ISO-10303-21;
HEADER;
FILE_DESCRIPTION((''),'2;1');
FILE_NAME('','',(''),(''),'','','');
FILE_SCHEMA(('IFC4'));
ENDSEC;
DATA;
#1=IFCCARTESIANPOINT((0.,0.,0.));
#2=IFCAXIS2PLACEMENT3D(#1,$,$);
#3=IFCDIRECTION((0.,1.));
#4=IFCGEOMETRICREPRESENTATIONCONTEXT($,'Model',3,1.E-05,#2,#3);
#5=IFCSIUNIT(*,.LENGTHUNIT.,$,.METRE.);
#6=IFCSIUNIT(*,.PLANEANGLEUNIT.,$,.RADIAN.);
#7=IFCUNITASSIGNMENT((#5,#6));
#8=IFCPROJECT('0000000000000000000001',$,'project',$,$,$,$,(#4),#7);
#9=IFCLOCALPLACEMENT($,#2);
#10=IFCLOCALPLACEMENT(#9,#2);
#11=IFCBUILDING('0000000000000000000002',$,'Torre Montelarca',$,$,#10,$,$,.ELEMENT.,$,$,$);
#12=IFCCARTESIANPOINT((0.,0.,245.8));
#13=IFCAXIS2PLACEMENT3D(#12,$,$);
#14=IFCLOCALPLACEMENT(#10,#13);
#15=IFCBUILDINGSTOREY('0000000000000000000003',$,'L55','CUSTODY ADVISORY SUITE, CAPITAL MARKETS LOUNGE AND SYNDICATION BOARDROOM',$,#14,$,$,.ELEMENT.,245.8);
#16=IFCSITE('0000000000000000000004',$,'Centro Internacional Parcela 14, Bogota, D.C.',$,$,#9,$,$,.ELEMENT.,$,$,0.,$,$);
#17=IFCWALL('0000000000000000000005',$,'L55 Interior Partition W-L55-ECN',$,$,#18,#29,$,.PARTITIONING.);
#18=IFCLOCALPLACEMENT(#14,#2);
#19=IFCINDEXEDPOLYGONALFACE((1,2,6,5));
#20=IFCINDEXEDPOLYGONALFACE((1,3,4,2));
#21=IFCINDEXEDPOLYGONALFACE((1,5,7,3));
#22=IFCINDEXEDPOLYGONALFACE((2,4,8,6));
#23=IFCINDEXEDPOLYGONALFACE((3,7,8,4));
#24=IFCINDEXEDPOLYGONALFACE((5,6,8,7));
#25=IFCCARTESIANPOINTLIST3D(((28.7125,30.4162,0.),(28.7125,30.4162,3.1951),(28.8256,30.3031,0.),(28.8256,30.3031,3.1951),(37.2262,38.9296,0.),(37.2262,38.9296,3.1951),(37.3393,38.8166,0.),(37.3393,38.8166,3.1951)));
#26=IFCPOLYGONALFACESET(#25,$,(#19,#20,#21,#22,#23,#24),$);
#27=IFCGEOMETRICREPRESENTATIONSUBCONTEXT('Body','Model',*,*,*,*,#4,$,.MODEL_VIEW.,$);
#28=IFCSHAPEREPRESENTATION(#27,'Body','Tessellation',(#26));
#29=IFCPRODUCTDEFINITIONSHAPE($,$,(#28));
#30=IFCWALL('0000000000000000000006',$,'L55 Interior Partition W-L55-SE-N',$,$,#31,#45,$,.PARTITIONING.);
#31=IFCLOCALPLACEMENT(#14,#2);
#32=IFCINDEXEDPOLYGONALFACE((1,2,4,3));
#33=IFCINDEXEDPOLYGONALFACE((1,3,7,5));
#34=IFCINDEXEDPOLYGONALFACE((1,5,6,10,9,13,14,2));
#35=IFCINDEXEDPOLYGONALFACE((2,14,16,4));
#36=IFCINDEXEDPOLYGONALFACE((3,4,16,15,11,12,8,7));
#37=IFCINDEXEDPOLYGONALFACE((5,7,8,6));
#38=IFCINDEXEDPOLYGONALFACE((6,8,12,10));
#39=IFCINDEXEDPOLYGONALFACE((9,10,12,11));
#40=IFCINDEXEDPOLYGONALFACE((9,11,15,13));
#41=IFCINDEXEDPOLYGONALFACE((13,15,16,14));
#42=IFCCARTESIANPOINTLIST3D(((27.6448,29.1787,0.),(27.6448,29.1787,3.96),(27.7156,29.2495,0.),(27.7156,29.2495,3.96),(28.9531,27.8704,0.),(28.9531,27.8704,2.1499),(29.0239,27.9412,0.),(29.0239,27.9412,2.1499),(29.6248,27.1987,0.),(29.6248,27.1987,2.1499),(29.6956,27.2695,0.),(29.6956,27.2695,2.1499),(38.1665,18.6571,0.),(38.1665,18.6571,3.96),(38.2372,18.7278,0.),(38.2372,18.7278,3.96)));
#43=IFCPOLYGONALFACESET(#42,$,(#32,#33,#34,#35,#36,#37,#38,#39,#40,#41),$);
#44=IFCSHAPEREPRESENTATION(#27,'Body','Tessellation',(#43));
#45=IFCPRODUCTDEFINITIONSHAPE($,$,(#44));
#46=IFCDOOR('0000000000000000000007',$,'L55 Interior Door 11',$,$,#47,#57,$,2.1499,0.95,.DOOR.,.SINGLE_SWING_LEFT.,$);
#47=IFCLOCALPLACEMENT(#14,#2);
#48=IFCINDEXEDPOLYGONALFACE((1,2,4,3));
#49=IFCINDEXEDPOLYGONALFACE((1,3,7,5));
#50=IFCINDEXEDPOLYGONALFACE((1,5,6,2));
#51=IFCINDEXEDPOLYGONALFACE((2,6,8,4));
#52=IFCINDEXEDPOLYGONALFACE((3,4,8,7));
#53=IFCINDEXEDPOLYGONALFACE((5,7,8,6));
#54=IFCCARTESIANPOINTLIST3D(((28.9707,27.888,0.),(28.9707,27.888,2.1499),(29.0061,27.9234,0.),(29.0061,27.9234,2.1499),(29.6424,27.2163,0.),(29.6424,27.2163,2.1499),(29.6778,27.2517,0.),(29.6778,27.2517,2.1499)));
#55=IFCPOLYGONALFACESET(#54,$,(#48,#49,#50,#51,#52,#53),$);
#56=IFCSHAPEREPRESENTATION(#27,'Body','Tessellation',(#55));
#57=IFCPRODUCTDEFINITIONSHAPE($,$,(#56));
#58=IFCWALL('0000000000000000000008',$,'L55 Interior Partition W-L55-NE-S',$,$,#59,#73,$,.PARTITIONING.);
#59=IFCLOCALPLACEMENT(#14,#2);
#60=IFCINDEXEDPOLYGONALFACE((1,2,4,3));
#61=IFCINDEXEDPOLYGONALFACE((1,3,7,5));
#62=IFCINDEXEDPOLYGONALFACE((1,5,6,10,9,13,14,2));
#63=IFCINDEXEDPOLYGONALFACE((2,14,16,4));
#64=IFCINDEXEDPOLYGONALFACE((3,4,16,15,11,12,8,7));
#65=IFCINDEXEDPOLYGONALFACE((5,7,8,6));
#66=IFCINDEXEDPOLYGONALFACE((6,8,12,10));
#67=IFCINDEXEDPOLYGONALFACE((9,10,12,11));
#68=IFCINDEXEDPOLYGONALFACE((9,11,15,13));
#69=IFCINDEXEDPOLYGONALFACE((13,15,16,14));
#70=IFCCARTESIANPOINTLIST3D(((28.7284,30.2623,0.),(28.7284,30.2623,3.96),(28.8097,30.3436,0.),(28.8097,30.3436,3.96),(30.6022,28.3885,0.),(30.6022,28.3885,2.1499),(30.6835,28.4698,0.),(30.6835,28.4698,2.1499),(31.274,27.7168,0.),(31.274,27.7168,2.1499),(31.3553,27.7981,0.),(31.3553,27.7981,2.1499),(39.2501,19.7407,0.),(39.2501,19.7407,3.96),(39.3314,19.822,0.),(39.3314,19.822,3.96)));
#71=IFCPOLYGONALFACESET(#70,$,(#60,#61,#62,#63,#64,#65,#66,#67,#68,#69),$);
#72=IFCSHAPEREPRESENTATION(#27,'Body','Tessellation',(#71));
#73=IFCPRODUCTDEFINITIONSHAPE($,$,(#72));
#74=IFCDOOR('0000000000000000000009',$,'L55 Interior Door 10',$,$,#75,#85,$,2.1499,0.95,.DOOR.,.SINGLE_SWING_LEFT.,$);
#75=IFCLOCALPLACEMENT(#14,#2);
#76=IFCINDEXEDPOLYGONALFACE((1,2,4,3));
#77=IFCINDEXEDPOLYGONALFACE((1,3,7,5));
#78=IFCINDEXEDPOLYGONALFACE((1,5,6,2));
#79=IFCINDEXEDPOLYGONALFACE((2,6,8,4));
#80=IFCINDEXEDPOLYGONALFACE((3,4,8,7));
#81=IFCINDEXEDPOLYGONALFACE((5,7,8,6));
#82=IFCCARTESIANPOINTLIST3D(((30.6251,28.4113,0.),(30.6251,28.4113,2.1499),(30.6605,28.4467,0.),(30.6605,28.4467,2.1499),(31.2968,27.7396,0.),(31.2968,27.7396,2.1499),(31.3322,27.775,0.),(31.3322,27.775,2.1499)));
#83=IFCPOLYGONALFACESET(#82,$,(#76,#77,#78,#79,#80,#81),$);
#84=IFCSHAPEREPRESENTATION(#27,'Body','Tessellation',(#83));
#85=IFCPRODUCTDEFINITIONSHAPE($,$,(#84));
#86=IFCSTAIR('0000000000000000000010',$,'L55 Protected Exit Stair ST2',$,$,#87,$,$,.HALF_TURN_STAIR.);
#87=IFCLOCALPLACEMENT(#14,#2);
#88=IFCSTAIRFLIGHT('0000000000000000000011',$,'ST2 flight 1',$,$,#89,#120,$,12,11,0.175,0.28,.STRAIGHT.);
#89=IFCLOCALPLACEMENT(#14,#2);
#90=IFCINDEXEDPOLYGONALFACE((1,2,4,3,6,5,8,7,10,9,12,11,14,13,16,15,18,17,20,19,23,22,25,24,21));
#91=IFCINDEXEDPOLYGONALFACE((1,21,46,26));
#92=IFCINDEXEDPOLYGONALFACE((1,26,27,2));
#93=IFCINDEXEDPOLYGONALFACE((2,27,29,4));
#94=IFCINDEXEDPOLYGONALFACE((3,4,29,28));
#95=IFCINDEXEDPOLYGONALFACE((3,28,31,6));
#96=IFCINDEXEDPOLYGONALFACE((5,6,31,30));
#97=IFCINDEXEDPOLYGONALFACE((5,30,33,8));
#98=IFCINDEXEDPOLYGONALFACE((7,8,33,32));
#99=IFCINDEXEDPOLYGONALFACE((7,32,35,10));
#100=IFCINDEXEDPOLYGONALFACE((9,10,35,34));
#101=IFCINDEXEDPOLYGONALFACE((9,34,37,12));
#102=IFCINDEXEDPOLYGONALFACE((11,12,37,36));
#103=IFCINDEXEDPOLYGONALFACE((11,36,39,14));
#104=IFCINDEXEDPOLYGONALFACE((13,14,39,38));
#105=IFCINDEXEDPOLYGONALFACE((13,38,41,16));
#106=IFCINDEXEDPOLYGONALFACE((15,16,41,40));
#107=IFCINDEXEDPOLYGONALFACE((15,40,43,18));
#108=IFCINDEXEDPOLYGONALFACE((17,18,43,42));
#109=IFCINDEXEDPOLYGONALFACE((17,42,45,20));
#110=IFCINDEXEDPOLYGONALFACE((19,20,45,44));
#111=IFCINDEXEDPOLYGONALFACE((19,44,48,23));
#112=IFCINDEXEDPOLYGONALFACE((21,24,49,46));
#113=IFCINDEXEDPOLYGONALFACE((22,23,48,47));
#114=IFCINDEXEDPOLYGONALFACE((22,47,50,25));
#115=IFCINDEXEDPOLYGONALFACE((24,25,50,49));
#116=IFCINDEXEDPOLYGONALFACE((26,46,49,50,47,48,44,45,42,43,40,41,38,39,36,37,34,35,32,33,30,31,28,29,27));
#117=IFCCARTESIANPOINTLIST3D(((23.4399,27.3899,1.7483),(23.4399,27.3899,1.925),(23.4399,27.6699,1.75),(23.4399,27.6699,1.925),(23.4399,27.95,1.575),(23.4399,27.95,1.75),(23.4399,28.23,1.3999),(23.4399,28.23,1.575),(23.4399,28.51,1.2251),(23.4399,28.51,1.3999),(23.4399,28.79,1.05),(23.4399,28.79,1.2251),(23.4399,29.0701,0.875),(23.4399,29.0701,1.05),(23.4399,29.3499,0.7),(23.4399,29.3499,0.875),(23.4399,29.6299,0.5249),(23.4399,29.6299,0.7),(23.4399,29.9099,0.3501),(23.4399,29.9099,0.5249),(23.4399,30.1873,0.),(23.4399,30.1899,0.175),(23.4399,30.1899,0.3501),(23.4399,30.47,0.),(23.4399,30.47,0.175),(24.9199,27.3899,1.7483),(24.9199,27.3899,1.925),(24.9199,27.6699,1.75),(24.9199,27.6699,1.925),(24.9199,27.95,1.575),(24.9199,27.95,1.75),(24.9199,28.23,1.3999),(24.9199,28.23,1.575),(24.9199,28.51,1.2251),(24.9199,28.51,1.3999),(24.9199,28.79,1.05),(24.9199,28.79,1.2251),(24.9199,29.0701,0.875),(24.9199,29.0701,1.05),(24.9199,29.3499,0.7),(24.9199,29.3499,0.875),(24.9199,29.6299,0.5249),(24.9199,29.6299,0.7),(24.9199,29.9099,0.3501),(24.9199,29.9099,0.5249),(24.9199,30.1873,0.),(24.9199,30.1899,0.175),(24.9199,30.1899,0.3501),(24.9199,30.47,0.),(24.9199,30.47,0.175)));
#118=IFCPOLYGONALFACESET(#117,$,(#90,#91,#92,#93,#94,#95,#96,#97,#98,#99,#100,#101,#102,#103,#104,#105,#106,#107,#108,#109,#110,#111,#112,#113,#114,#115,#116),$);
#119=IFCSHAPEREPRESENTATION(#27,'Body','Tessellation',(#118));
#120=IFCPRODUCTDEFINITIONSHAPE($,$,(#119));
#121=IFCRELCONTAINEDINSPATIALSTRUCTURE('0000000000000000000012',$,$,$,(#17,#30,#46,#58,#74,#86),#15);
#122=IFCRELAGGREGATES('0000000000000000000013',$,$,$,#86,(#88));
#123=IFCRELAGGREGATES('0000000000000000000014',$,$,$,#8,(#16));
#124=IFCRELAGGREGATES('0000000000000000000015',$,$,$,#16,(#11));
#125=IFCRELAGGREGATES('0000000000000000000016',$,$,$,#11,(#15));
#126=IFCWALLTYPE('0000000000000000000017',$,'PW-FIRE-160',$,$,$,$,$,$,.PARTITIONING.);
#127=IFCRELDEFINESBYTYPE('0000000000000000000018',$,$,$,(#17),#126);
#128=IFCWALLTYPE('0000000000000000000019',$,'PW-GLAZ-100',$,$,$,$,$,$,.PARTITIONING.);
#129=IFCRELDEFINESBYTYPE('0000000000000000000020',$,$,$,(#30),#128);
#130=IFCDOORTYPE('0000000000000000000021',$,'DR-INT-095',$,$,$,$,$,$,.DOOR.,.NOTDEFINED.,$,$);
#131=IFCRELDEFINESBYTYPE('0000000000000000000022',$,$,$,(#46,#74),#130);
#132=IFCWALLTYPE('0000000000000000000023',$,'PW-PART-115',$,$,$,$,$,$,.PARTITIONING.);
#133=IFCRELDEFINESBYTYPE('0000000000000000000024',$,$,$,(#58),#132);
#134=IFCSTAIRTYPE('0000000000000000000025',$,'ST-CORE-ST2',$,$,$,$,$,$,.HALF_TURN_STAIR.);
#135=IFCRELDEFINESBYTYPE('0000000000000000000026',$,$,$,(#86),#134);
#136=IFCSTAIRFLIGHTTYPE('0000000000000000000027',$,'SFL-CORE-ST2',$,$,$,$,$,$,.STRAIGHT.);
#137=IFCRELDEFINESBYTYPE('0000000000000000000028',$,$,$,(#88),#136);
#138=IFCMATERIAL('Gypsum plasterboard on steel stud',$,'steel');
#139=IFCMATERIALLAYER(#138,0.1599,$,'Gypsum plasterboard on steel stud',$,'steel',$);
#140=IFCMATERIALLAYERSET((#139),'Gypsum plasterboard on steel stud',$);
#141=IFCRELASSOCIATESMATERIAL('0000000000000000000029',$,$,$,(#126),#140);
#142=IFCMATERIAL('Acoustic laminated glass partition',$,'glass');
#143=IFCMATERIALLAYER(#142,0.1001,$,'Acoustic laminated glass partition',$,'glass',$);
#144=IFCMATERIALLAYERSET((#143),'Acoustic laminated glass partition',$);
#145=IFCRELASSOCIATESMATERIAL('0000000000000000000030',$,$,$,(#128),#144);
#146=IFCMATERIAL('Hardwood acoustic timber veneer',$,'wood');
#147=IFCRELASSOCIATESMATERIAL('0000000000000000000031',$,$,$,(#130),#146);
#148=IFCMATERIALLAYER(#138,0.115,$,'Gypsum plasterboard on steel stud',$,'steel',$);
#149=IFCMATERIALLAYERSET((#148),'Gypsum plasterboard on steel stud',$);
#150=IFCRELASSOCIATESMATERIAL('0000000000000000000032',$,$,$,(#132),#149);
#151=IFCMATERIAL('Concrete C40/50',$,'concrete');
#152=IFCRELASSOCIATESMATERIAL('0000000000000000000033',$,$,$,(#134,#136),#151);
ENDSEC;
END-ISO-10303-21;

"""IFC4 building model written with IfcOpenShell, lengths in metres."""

from ifc_helpers import new_model, si_unit, direction, frame, frame_2d, origin, place, context, subcontext, project, spatial, polyline, rectangle, outline, extrude, source, transform, mapped, material, layer, layer_set, type_object, element, fill, aggregate, save


model = new_model("IFC4")

# Units and contexts
model_context = context("Model", 3, precision=1e-05, world=origin(), true_north=direction((0.0, 1.0)))
body_context = subcontext(model_context, "Body", "Model", "MODEL_VIEW")
ifc_project = project(units=[si_unit("LENGTHUNIT", "METRE"), si_unit("PLANEANGLEUNIT", "RADIAN")], contexts=[model_context])

# Site, building, storey
site_placement = place(None, origin())
site = spatial("IfcSite", under=ifc_project, at=site_placement, Name="Centro Internacional Parcela 14, Bogota, D.C.", CompositionType="ELEMENT", RefElevation=0.0)
building_placement = place(site_placement, origin())
building = spatial("IfcBuilding", under=site, at=building_placement, Name="Torre Montelarca", CompositionType="ELEMENT")
storey_placement = place(building_placement, frame((0.0, 0.0, 245.8)))
storey = spatial("IfcBuildingStorey", under=building, at=storey_placement, Name="L55", Description="CUSTODY ADVISORY SUITE, CAPITAL MARKETS LOUNGE AND SYNDICATION BOARDROOM", CompositionType="ELEMENT", Elevation=245.8)

# Wall
ifc_material_1 = material(Name="Concrete C40/50", Category="concrete")
ifc_material_2 = material(Name="Gypsum plasterboard on steel stud", Category="steel")
ifc_layer_1 = layer(ifc_material_2, 0.1599, Name="Gypsum plasterboard on steel stud", Category="steel")
ifc_layer_set_1 = layer_set([ifc_layer_1], Name="Gypsum plasterboard on steel stud")
wall_type_1 = type_object("IfcWallType", Name="PW-FIRE-160", PredefinedType="PARTITIONING", material=ifc_layer_set_1)
wall_1_placement = place(storey_placement, frame((28.769, 30.3596, 0.0), z_axis=(0.0, 0.0, 1.0), x_axis=(0.707117, 0.707097, 0.0)))
element("IfcWall", 1, at=wall_1_placement, inside=storey, type_object=wall_type_1, Name="L55 Interior Partition W-L55-ECN", PredefinedType="PARTITIONING", context=body_context, shape_type="SweptSolid", body=[
    extrude(rectangle(XDim=12.04, YDim=0.1599, at=frame_2d((6.02, 0.0))), origin(), (0.0, 0.0, 1.0), 3.1951),
])

# Walls, openings, doors
ifc_material_3 = material(Name="Acoustic laminated glass partition", Category="glass")
ifc_layer_2 = layer(ifc_material_3, 0.1001, Name="Acoustic laminated glass partition", Category="glass")
ifc_layer_set_2 = layer_set([ifc_layer_2], Name="Acoustic laminated glass partition")
wall_type_2 = type_object("IfcWallType", Name="PW-GLAZ-100", PredefinedType="PARTITIONING", material=ifc_layer_set_2)
wall_2_placement = place(storey_placement, frame((27.6802, 29.2141, 0.0), z_axis=(0.0, 0.0, 1.0), x_axis=(0.707107, -0.707107, 0.0)))
wall_2 = element("IfcWall", 2, at=wall_2_placement, inside=storey, type_object=wall_type_2, Name="L55 Interior Partition W-L55-SE-N", PredefinedType="PARTITIONING", context=body_context, shape_type="SweptSolid", body=[
    extrude(rectangle(XDim=14.8799, YDim=0.1001, at=frame_2d((7.4399, 0.0))), origin(), (0.0, 0.0, 1.0), 3.96),
])
opening_1_placement = place(wall_2_placement, frame((1.8501, 0.0, 0.0)))
opening_1 = element("IfcOpeningElement", 3, at=opening_1_placement, cuts=wall_2, PredefinedType="OPENING", context=body_context, shape_type="SweptSolid", body=[
    extrude(rectangle(XDim=0.95, YDim=2.1499, at=frame_2d((0.4751, 1.075))), frame((0.0, 0.0601, 0.0), z_axis=(0.0, -1.0, 0.0), x_axis=(1.0, 0.0, 0.0)), (0.0, 0.0, 1.0), 0.1201),
])
ifc_material_4 = material(Name="Hardwood acoustic timber veneer", Category="wood")
door_type = type_object("IfcDoorType", Name="DR-INT-095", OperationType="NOTDEFINED", PredefinedType="DOOR", material=ifc_material_4)
shared_shape_1 = source(origin(), body_context, "Body", "SweptSolid", [
    extrude(rectangle(XDim=0.95, YDim=2.1499, at=frame_2d((0.4751, 1.075))), frame((0.0, 0.0249, 0.0), z_axis=(0.0, -1.0, 0.0), x_axis=(1.0, 0.0, 0.0)), (0.0, 0.0, 1.0), 0.05),
])
door_1_placement = place(opening_1_placement, origin())
door_1 = element("IfcDoor", 4, at=door_1_placement, inside=storey, type_object=door_type, Name="L55 Interior Door 11", OperationType="SINGLE_SWING_LEFT", OverallHeight=2.1499, OverallWidth=0.95, PredefinedType="DOOR", context=body_context, shape_type="MappedRepresentation", body=[
    mapped(shared_shape_1, transform((0.0, 0.0, 0.0), scale=1.0)),
])
fill(opening_1, door_1)
ifc_layer_3 = layer(ifc_material_2, 0.115, Name="Gypsum plasterboard on steel stud", Category="steel")
ifc_layer_set_3 = layer_set([ifc_layer_3], Name="Gypsum plasterboard on steel stud")
wall_type_3 = type_object("IfcWallType", Name="PW-PART-115", PredefinedType="PARTITIONING", material=ifc_layer_set_3)
wall_3_placement = place(storey_placement, frame((28.769, 30.303, 0.0), z_axis=(0.0, 0.0, 1.0), x_axis=(0.707107, -0.707107, 0.0)))
wall_3 = element("IfcWall", 5, at=wall_3_placement, inside=storey, type_object=wall_type_3, Name="L55 Interior Partition W-L55-NE-S", PredefinedType="PARTITIONING", context=body_context, shape_type="SweptSolid", body=[
    extrude(rectangle(XDim=14.8799, YDim=0.115, at=frame_2d((7.4399, 0.0))), origin(), (0.0, 0.0, 1.0), 3.96),
])
opening_2_placement = place(wall_3_placement, frame((2.6499, 0.0, 0.0)))
opening_2 = element("IfcOpeningElement", 6, at=opening_2_placement, cuts=wall_3, PredefinedType="OPENING", context=body_context, shape_type="SweptSolid", body=[
    extrude(rectangle(XDim=0.95, YDim=2.1499, at=frame_2d((0.4751, 1.075))), frame((0.0, 0.0674, 0.0), z_axis=(0.0, -1.0, 0.0), x_axis=(1.0, 0.0, 0.0)), (0.0, 0.0, 1.0), 0.135),
])
door_2_placement = place(opening_2_placement, origin())
door_2 = element("IfcDoor", 7, at=door_2_placement, inside=storey, type_object=door_type, Name="L55 Interior Door 10", OperationType="SINGLE_SWING_LEFT", OverallHeight=2.1499, OverallWidth=0.95, PredefinedType="DOOR", context=body_context, shape_type="MappedRepresentation", body=[
    mapped(shared_shape_1, transform((0.0, 0.0, 0.0), scale=1.0)),
])
fill(opening_2, door_2)

# Stair, stair flight
stair_type = type_object("IfcStairType", Name="ST-CORE-ST2", PredefinedType="HALF_TURN_STAIR", material=ifc_material_1)
stair_placement = place(storey_placement, origin())
stair = element("IfcStair", 8, at=stair_placement, inside=storey, type_object=stair_type, Name="L55 Protected Exit Stair ST2", PredefinedType="HALF_TURN_STAIR")
stair_flight_type = type_object("IfcStairFlightType", Name="SFL-CORE-ST2", PredefinedType="STRAIGHT", material=ifc_material_1)
stair_flight_placement = place(storey_placement, frame((24.1799, 30.47, 0.0), z_axis=(0.0, 0.0, 1.0), x_axis=(0.0, -1.0, 0.0)))
stair_flight = element("IfcStairFlight", 9, at=stair_flight_placement, type_object=stair_flight_type, Name="ST2 flight 1", NumberOfRisers=12, NumberOfTreads=11, PredefinedType="STRAIGHT", RiserHeight=0.175, TreadLength=0.28, context=body_context, shape_type="SweptSolid", body=[
    extrude(outline(polyline([(0.0, 0.0), (0.0, 0.175), (0.28, 0.175), (0.28, 0.3501), (0.5601, 0.3501), (0.5601, 0.5249), (0.8401, 0.5249), (0.8401, 0.7), (1.1201, 0.7), (1.1201, 0.875), (1.3999, 0.875), (1.3999, 1.05), (1.6799, 1.05), (1.6799, 1.2251), (1.96, 1.2251), (1.96, 1.3999), (2.24, 1.3999), (2.24, 1.575), (2.52, 1.575), (2.52, 1.75), (2.8, 1.75), (2.8, 1.925), (3.0801, 1.925), (3.0801, 2.1001), (3.0801, 1.7483), (0.2827, 0.0), (0.0, 0.0)])), frame((0.0, 0.74, 0.0), z_axis=(0.0, -1.0, 0.0), x_axis=(1.0, 0.0, 0.0)), (0.0, 0.0, 1.0), 1.48),
])
aggregate(stair, [stair_flight])

save(model, "model.ifc")
